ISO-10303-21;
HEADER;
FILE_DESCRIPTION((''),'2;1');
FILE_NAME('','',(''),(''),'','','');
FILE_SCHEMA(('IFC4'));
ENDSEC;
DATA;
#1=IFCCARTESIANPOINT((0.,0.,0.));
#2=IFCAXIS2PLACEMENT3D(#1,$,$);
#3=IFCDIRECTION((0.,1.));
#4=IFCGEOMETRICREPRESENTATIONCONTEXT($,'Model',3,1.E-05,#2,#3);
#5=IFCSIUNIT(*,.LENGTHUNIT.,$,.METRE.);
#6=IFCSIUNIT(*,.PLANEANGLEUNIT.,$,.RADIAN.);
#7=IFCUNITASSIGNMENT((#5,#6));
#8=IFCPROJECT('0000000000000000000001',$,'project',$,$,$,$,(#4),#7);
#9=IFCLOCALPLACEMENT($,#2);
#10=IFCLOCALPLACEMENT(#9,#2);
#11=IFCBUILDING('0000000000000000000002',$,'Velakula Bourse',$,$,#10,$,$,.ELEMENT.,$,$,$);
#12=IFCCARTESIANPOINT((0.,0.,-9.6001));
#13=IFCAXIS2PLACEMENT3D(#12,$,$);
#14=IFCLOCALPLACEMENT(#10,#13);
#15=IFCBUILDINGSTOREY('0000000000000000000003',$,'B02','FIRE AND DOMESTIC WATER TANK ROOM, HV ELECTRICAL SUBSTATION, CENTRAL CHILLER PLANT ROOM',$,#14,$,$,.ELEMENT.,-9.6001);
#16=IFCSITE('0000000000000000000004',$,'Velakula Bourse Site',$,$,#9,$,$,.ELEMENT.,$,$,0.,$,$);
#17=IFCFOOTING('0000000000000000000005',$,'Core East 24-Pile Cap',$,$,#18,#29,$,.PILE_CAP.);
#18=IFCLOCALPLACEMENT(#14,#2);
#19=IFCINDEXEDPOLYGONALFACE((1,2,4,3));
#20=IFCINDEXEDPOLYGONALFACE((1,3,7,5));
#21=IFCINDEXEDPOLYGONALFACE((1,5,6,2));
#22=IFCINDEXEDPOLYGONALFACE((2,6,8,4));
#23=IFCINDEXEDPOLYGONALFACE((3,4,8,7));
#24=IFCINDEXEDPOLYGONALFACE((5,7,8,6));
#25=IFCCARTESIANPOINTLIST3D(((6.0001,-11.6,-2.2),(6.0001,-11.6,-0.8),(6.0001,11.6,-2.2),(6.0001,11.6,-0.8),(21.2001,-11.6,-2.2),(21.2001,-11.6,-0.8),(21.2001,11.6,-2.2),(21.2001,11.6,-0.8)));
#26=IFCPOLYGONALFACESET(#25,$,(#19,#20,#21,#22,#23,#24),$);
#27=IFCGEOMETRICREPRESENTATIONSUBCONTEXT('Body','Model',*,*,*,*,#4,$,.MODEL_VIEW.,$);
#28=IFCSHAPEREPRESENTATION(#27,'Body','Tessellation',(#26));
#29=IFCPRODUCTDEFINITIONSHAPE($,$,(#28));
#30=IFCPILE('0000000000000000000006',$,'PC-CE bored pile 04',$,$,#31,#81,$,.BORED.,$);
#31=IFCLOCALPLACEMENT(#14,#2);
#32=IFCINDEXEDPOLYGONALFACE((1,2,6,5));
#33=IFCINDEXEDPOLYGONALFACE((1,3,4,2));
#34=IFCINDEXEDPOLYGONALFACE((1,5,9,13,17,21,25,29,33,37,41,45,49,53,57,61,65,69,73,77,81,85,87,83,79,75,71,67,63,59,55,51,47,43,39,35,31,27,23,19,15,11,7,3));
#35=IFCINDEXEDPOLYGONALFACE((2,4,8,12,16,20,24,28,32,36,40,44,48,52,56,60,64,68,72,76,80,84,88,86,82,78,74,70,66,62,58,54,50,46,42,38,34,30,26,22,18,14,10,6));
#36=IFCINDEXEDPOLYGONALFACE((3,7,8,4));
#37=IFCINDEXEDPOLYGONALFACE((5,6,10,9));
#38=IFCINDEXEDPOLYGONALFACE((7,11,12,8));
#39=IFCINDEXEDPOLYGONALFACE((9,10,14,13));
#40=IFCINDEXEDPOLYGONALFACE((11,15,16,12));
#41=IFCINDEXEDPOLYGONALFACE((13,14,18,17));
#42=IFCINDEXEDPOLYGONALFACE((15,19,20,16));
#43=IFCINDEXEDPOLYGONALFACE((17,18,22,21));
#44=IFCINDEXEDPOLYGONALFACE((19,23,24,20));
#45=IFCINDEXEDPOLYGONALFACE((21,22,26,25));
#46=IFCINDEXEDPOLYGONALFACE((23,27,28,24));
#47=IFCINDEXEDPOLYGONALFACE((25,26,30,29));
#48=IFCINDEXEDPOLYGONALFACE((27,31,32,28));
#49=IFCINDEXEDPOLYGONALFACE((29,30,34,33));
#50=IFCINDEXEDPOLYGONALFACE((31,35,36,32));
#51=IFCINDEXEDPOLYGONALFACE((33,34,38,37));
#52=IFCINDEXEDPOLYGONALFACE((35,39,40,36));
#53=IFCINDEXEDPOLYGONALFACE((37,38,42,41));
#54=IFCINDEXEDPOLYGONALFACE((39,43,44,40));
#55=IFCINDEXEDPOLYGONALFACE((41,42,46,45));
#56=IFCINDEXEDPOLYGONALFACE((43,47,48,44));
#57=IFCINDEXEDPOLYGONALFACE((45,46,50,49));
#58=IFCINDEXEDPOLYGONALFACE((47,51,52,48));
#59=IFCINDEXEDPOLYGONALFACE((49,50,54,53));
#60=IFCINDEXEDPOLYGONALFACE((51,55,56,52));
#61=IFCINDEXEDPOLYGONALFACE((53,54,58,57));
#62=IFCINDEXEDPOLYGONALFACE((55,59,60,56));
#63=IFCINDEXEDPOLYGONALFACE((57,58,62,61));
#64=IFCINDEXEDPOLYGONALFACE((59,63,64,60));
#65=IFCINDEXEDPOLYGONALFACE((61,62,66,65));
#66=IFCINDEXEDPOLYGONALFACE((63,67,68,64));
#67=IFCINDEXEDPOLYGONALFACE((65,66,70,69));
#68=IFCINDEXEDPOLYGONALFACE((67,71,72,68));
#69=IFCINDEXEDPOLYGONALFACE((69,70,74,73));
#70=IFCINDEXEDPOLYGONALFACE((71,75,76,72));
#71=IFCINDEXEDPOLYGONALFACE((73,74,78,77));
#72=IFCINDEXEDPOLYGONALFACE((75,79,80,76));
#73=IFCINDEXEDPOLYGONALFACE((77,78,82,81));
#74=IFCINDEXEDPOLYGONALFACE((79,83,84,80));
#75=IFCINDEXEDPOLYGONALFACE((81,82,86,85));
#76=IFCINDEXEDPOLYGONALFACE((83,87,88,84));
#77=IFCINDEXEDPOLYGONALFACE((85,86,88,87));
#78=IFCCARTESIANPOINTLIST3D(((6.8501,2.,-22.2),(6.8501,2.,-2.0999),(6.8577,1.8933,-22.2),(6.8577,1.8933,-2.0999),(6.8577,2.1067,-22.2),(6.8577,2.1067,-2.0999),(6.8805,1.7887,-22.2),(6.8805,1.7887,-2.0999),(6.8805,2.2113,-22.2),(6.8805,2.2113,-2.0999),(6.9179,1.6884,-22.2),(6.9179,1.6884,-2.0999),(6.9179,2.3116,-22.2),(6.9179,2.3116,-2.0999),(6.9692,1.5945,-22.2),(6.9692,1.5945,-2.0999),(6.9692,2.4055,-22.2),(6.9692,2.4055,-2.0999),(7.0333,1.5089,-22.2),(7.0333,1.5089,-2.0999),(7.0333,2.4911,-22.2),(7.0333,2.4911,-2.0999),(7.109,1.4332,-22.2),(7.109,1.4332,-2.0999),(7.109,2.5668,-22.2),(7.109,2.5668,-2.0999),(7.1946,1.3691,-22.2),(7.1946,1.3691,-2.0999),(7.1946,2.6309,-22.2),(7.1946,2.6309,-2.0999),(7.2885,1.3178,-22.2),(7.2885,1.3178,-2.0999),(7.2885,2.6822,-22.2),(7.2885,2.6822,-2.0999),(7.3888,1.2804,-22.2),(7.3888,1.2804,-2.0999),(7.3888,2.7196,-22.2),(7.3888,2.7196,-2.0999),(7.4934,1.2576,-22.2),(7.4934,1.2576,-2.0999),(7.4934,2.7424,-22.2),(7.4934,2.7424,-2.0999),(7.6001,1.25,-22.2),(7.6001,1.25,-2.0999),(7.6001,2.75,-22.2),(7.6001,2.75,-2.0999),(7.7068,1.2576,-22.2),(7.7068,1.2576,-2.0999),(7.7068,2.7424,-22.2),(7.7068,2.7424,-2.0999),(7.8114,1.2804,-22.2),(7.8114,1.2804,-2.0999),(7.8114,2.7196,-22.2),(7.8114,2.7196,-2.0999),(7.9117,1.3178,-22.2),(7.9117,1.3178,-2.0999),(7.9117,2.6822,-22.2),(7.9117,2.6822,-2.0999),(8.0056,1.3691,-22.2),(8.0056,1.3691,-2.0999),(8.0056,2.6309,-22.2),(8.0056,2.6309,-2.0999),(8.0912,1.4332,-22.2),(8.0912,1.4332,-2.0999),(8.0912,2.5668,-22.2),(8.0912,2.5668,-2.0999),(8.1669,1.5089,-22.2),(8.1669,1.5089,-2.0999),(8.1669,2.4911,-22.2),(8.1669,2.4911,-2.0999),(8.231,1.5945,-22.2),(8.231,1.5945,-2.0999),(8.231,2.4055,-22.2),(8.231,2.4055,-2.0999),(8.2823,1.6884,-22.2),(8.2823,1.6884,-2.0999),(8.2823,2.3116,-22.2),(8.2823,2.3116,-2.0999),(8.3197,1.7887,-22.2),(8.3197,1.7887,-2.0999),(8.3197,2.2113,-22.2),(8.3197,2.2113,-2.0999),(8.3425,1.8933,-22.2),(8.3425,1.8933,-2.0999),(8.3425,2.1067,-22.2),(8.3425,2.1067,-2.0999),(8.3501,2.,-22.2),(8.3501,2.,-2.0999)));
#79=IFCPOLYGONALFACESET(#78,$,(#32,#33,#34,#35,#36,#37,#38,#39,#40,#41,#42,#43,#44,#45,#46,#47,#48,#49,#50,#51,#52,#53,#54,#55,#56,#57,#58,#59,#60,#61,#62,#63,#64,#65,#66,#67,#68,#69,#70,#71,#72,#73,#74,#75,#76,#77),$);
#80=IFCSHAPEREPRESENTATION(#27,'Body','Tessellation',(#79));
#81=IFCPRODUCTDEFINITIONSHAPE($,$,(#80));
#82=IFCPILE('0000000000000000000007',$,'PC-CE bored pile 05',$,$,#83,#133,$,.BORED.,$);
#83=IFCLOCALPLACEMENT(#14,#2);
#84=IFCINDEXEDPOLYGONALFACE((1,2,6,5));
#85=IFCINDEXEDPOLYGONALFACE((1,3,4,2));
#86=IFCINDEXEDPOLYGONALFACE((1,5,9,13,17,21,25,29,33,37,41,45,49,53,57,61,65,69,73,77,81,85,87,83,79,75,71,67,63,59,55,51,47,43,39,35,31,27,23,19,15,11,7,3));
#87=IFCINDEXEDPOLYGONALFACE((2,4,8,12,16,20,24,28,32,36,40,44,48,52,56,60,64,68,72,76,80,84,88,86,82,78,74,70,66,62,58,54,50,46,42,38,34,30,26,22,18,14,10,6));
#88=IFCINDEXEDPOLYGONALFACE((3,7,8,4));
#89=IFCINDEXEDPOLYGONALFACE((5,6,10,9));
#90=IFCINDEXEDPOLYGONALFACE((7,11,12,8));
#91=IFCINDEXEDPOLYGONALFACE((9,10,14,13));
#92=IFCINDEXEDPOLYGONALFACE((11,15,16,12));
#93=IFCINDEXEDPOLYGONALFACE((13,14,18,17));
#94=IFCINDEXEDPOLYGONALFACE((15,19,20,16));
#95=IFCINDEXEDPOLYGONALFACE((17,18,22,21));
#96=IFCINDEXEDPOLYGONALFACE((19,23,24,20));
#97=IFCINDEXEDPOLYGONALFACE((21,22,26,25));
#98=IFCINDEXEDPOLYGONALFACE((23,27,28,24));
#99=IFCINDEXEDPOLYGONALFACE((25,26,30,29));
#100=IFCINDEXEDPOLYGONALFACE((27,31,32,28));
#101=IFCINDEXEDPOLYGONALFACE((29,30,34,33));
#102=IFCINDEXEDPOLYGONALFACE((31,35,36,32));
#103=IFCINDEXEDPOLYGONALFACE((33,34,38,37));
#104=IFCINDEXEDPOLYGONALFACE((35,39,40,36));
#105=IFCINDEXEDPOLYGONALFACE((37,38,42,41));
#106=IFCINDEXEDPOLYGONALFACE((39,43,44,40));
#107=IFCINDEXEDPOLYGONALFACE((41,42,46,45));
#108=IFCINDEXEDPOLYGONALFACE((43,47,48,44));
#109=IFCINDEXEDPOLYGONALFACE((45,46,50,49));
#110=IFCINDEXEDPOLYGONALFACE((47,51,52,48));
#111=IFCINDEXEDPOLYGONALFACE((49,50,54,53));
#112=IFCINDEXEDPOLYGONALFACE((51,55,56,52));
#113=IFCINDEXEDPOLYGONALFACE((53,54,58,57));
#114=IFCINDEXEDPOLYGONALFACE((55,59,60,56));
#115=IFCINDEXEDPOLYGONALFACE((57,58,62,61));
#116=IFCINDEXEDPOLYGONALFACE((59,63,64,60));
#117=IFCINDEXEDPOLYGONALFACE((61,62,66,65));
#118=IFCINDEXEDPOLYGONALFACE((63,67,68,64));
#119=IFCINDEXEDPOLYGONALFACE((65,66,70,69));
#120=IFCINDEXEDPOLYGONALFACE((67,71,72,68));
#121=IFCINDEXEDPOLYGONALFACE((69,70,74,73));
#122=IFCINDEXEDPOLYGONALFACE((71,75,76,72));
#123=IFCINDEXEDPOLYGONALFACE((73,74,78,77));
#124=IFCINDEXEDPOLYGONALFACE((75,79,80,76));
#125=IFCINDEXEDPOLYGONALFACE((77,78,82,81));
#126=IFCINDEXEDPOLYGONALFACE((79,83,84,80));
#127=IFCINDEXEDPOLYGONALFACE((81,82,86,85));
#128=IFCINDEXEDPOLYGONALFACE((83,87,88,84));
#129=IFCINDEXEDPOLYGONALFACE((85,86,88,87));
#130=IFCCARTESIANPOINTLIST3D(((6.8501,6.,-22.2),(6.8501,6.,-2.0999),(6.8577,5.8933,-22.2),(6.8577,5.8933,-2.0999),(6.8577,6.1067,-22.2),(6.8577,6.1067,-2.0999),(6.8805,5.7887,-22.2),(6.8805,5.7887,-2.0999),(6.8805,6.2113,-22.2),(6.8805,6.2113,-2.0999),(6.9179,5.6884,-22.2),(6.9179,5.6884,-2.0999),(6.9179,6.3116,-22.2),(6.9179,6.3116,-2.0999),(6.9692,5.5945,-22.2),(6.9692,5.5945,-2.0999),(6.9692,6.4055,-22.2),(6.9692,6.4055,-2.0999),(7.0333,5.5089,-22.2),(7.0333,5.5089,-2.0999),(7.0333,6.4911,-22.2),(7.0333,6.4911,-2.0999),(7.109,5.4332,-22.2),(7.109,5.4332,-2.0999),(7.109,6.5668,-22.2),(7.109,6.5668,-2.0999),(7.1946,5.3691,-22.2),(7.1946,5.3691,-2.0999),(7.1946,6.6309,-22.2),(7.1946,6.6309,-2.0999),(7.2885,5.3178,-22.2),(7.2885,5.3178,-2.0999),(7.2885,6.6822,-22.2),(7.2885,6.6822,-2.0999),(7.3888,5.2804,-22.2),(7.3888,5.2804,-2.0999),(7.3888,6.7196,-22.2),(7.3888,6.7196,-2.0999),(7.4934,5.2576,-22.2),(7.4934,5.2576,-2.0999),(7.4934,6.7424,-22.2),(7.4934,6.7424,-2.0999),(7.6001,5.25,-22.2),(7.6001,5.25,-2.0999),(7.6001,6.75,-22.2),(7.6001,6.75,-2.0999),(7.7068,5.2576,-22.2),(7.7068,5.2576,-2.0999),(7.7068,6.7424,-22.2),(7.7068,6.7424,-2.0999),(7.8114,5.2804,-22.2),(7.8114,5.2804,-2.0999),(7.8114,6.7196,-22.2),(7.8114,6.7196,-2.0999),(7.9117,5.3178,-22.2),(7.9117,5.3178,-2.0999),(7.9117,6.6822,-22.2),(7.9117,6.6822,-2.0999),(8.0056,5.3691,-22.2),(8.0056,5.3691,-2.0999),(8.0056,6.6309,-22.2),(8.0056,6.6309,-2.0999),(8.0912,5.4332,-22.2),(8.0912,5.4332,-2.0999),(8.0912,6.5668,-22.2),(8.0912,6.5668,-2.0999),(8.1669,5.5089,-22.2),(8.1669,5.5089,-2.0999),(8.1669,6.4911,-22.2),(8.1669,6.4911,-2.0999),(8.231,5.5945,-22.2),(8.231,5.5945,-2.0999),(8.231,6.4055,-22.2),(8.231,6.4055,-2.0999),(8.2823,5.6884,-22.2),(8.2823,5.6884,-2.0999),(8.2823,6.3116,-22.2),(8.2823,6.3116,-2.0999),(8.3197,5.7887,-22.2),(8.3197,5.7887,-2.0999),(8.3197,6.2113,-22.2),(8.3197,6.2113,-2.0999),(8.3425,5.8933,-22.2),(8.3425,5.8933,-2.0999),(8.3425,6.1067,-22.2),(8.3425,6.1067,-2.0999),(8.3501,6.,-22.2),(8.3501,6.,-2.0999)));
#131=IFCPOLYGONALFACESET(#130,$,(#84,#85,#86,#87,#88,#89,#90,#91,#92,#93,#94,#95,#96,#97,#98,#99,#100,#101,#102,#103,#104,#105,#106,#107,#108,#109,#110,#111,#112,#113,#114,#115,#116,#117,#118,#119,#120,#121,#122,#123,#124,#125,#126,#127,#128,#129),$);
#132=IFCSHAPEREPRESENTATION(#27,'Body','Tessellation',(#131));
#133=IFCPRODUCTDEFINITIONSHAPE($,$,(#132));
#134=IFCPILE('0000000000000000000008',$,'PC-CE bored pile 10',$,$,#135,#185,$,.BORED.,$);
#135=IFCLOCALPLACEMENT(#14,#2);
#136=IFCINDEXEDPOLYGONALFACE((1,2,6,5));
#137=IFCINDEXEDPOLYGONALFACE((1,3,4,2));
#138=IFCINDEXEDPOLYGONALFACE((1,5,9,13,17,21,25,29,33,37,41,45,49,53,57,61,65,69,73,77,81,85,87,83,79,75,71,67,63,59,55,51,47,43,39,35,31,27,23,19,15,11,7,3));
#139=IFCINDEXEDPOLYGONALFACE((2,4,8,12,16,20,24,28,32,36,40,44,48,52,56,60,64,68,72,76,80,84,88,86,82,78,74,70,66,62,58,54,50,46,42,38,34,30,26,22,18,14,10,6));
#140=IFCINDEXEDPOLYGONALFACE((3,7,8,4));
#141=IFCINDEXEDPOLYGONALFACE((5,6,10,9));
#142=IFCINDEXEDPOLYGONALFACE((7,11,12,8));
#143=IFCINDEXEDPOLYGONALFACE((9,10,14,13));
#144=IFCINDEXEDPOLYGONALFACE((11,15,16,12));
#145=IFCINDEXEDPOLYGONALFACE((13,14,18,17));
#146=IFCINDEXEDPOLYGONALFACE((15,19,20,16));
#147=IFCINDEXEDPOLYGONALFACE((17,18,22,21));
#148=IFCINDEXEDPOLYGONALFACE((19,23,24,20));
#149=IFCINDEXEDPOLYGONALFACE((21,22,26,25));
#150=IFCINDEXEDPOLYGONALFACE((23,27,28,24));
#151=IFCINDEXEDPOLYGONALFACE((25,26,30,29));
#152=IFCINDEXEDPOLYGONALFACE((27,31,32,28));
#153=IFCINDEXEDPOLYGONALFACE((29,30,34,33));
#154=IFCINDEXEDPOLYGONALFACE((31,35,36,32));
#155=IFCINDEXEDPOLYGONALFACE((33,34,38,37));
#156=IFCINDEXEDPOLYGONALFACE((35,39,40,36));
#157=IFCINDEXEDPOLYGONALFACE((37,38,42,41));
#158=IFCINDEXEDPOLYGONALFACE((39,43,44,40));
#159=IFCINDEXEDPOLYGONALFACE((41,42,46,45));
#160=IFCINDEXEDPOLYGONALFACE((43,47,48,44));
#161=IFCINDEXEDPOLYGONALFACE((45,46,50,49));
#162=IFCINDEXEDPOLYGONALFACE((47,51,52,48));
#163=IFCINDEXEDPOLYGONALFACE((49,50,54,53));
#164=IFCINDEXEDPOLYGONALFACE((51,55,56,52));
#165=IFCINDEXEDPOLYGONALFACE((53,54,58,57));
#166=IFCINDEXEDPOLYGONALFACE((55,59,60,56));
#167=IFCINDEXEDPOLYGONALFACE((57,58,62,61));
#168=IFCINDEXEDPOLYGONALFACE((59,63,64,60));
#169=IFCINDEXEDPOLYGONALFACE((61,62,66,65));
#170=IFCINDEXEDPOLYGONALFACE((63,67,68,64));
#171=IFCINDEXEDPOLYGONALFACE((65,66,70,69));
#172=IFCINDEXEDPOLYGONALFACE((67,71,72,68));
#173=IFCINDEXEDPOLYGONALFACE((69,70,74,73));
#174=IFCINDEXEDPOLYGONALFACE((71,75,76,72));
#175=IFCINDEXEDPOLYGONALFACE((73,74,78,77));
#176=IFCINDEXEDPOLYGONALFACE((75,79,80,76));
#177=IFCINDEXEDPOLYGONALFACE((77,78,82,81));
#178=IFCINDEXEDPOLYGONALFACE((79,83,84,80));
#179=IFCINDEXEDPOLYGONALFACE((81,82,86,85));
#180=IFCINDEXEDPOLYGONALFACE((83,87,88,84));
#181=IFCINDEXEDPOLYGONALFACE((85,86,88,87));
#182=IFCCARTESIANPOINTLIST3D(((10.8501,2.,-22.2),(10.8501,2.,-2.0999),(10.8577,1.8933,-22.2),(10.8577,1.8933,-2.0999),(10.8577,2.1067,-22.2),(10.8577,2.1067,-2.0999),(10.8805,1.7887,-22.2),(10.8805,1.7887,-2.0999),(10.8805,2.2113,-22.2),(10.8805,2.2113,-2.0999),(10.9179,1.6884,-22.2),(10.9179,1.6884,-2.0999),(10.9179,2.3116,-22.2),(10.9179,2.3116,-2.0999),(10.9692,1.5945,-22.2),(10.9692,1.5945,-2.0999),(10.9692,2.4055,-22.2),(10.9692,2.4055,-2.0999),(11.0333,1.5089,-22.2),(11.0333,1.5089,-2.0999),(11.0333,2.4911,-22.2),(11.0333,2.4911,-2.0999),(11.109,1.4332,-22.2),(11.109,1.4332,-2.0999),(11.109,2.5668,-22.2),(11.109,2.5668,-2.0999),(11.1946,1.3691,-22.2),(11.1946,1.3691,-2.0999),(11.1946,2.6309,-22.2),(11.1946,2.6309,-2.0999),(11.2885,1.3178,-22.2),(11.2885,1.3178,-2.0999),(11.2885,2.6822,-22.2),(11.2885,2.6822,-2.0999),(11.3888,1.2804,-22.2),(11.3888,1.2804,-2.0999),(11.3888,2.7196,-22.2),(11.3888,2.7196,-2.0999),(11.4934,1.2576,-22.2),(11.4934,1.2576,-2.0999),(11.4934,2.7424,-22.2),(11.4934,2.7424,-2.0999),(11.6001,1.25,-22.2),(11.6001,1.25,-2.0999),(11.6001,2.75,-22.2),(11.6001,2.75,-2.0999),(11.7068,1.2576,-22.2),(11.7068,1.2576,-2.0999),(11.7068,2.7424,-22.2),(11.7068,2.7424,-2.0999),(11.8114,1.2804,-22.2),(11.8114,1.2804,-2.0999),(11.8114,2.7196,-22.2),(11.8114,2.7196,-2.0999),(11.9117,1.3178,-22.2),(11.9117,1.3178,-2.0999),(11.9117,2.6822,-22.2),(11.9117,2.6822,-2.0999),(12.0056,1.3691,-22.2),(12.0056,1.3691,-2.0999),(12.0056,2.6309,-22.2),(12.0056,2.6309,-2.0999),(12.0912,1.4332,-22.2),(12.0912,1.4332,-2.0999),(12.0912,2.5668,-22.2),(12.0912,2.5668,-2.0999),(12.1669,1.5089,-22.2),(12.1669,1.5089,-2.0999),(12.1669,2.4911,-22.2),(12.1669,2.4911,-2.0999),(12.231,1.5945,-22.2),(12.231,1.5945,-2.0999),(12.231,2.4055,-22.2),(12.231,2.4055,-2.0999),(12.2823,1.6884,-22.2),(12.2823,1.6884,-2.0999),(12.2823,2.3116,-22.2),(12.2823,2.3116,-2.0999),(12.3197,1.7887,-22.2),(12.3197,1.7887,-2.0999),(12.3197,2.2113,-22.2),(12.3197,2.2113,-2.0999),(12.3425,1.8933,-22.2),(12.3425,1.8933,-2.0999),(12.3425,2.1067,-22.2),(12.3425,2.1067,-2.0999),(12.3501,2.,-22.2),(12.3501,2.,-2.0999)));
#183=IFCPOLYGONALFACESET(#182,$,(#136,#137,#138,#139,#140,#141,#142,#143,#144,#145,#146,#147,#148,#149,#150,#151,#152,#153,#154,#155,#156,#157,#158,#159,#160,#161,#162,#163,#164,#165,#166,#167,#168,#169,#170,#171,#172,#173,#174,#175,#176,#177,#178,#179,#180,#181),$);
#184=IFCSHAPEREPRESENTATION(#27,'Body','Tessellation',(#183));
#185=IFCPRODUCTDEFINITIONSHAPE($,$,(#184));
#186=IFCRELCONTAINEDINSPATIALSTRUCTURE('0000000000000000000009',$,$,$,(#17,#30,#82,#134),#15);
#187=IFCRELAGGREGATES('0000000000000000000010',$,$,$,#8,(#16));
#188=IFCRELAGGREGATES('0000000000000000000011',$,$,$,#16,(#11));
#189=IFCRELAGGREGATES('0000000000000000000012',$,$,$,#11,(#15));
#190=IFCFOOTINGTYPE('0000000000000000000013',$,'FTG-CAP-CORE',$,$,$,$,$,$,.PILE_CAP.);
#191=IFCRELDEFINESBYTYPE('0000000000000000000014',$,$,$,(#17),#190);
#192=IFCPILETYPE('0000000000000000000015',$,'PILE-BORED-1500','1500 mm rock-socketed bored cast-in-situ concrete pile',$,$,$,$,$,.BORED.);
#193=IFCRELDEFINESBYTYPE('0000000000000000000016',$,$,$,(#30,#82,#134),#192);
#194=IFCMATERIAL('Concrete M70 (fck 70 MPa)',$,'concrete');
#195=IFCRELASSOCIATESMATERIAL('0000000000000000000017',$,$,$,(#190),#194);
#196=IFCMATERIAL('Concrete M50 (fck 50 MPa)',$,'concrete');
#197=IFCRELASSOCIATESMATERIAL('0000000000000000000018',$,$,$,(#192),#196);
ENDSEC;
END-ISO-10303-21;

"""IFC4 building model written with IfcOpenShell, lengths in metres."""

from ifc_helpers import new_model, si_unit, direction, frame, origin, origin_2d, place, context, subcontext, project, spatial, rectangle, circle, extrude, material, material_profile, profile_set, type_object, element, save


model = new_model("IFC4")

# Units and contexts
model_context = context("Model", 3, precision=1e-05, world=origin(), true_north=direction((0.0, 1.0)))
body_context = subcontext(model_context, "Body", "Model", "MODEL_VIEW")
ifc_project = project(units=[si_unit("LENGTHUNIT", "METRE"), si_unit("PLANEANGLEUNIT", "RADIAN")], contexts=[model_context])

# Site, building, storey
site_placement = place(None, origin())
site = spatial("IfcSite", under=ifc_project, at=site_placement, Name="Velakula Bourse Site", CompositionType="ELEMENT", RefElevation=0.0)
building_placement = place(site_placement, origin())
building = spatial("IfcBuilding", under=site, at=building_placement, Name="Velakula Bourse", CompositionType="ELEMENT")
storey_placement = place(building_placement, frame((0.0, 0.0, -9.6001)))
storey = spatial("IfcBuildingStorey", under=building, at=storey_placement, Name="B02", Description="FIRE AND DOMESTIC WATER TANK ROOM, HV ELECTRICAL SUBSTATION, CENTRAL CHILLER PLANT ROOM", CompositionType="ELEMENT", Elevation=-9.6001)

# Footing
ifc_material_1 = material(Name="Concrete M70 (fck 70 MPa)", Category="concrete")
footing_type = type_object("IfcFootingType", Name="FTG-CAP-CORE", PredefinedType="PILE_CAP", material=ifc_material_1)
footing_placement = place(storey_placement, frame((13.6001, 0.0, -2.2), z_axis=(0.0, 0.0, 1.0), x_axis=(1.0, 0.0, 0.0)))
element("IfcFooting", 1, at=footing_placement, inside=storey, type_object=footing_type, Name="Core East 24-Pile Cap", PredefinedType="PILE_CAP", context=body_context, shape_type="SweptSolid", body=[
    extrude(rectangle(XDim=15.2, YDim=23.2, at=origin_2d()), origin(), (0.0, 0.0, 1.0), 1.3999),
])

# Piles
ifc_material_2 = material(Name="Concrete M50 (fck 50 MPa)", Category="concrete")
ifc_material_profile_1 = material_profile(ifc_material_2, circle(Radius=0.75, at=origin_2d()), Name="Concrete M50 (fck 50 MPa)")
ifc_profile_set_1 = profile_set([ifc_material_profile_1], Name="Concrete M50 (fck 50 MPa)")
pile_type = type_object("IfcPileType", Name="PILE-BORED-1500", Description="1500 mm rock-socketed bored cast-in-situ concrete pile", PredefinedType="BORED", material=ifc_profile_set_1)
for number, where, z_axis, x_axis, name in (
    (2, (7.6001, 2.0, -2.0999), (0.0, 0.0, -1.0), (1.0, 0.0, 0.0), "PC-CE bored pile 04"),
    (3, (7.6001, 6.0, -2.0999), (0.0, 0.0, -1.0), (1.0, 0.0, 0.0), "PC-CE bored pile 05"),
    (4, (11.6001, 2.0, -2.0999), (0.0, 0.0, -1.0), (1.0, 0.0, 0.0), "PC-CE bored pile 10"),
):
    element("IfcPile", number, at=place(storey_placement, frame(where, z_axis=z_axis, x_axis=x_axis)), inside=storey, type_object=pile_type, Name=name, PredefinedType="BORED", context=body_context, shape_type="SweptSolid", body=[
        extrude(circle(Radius=0.75, at=origin_2d()), origin(), (0.0, 0.0, 1.0), 20.1001),
    ])

save(model, "model.ifc")
